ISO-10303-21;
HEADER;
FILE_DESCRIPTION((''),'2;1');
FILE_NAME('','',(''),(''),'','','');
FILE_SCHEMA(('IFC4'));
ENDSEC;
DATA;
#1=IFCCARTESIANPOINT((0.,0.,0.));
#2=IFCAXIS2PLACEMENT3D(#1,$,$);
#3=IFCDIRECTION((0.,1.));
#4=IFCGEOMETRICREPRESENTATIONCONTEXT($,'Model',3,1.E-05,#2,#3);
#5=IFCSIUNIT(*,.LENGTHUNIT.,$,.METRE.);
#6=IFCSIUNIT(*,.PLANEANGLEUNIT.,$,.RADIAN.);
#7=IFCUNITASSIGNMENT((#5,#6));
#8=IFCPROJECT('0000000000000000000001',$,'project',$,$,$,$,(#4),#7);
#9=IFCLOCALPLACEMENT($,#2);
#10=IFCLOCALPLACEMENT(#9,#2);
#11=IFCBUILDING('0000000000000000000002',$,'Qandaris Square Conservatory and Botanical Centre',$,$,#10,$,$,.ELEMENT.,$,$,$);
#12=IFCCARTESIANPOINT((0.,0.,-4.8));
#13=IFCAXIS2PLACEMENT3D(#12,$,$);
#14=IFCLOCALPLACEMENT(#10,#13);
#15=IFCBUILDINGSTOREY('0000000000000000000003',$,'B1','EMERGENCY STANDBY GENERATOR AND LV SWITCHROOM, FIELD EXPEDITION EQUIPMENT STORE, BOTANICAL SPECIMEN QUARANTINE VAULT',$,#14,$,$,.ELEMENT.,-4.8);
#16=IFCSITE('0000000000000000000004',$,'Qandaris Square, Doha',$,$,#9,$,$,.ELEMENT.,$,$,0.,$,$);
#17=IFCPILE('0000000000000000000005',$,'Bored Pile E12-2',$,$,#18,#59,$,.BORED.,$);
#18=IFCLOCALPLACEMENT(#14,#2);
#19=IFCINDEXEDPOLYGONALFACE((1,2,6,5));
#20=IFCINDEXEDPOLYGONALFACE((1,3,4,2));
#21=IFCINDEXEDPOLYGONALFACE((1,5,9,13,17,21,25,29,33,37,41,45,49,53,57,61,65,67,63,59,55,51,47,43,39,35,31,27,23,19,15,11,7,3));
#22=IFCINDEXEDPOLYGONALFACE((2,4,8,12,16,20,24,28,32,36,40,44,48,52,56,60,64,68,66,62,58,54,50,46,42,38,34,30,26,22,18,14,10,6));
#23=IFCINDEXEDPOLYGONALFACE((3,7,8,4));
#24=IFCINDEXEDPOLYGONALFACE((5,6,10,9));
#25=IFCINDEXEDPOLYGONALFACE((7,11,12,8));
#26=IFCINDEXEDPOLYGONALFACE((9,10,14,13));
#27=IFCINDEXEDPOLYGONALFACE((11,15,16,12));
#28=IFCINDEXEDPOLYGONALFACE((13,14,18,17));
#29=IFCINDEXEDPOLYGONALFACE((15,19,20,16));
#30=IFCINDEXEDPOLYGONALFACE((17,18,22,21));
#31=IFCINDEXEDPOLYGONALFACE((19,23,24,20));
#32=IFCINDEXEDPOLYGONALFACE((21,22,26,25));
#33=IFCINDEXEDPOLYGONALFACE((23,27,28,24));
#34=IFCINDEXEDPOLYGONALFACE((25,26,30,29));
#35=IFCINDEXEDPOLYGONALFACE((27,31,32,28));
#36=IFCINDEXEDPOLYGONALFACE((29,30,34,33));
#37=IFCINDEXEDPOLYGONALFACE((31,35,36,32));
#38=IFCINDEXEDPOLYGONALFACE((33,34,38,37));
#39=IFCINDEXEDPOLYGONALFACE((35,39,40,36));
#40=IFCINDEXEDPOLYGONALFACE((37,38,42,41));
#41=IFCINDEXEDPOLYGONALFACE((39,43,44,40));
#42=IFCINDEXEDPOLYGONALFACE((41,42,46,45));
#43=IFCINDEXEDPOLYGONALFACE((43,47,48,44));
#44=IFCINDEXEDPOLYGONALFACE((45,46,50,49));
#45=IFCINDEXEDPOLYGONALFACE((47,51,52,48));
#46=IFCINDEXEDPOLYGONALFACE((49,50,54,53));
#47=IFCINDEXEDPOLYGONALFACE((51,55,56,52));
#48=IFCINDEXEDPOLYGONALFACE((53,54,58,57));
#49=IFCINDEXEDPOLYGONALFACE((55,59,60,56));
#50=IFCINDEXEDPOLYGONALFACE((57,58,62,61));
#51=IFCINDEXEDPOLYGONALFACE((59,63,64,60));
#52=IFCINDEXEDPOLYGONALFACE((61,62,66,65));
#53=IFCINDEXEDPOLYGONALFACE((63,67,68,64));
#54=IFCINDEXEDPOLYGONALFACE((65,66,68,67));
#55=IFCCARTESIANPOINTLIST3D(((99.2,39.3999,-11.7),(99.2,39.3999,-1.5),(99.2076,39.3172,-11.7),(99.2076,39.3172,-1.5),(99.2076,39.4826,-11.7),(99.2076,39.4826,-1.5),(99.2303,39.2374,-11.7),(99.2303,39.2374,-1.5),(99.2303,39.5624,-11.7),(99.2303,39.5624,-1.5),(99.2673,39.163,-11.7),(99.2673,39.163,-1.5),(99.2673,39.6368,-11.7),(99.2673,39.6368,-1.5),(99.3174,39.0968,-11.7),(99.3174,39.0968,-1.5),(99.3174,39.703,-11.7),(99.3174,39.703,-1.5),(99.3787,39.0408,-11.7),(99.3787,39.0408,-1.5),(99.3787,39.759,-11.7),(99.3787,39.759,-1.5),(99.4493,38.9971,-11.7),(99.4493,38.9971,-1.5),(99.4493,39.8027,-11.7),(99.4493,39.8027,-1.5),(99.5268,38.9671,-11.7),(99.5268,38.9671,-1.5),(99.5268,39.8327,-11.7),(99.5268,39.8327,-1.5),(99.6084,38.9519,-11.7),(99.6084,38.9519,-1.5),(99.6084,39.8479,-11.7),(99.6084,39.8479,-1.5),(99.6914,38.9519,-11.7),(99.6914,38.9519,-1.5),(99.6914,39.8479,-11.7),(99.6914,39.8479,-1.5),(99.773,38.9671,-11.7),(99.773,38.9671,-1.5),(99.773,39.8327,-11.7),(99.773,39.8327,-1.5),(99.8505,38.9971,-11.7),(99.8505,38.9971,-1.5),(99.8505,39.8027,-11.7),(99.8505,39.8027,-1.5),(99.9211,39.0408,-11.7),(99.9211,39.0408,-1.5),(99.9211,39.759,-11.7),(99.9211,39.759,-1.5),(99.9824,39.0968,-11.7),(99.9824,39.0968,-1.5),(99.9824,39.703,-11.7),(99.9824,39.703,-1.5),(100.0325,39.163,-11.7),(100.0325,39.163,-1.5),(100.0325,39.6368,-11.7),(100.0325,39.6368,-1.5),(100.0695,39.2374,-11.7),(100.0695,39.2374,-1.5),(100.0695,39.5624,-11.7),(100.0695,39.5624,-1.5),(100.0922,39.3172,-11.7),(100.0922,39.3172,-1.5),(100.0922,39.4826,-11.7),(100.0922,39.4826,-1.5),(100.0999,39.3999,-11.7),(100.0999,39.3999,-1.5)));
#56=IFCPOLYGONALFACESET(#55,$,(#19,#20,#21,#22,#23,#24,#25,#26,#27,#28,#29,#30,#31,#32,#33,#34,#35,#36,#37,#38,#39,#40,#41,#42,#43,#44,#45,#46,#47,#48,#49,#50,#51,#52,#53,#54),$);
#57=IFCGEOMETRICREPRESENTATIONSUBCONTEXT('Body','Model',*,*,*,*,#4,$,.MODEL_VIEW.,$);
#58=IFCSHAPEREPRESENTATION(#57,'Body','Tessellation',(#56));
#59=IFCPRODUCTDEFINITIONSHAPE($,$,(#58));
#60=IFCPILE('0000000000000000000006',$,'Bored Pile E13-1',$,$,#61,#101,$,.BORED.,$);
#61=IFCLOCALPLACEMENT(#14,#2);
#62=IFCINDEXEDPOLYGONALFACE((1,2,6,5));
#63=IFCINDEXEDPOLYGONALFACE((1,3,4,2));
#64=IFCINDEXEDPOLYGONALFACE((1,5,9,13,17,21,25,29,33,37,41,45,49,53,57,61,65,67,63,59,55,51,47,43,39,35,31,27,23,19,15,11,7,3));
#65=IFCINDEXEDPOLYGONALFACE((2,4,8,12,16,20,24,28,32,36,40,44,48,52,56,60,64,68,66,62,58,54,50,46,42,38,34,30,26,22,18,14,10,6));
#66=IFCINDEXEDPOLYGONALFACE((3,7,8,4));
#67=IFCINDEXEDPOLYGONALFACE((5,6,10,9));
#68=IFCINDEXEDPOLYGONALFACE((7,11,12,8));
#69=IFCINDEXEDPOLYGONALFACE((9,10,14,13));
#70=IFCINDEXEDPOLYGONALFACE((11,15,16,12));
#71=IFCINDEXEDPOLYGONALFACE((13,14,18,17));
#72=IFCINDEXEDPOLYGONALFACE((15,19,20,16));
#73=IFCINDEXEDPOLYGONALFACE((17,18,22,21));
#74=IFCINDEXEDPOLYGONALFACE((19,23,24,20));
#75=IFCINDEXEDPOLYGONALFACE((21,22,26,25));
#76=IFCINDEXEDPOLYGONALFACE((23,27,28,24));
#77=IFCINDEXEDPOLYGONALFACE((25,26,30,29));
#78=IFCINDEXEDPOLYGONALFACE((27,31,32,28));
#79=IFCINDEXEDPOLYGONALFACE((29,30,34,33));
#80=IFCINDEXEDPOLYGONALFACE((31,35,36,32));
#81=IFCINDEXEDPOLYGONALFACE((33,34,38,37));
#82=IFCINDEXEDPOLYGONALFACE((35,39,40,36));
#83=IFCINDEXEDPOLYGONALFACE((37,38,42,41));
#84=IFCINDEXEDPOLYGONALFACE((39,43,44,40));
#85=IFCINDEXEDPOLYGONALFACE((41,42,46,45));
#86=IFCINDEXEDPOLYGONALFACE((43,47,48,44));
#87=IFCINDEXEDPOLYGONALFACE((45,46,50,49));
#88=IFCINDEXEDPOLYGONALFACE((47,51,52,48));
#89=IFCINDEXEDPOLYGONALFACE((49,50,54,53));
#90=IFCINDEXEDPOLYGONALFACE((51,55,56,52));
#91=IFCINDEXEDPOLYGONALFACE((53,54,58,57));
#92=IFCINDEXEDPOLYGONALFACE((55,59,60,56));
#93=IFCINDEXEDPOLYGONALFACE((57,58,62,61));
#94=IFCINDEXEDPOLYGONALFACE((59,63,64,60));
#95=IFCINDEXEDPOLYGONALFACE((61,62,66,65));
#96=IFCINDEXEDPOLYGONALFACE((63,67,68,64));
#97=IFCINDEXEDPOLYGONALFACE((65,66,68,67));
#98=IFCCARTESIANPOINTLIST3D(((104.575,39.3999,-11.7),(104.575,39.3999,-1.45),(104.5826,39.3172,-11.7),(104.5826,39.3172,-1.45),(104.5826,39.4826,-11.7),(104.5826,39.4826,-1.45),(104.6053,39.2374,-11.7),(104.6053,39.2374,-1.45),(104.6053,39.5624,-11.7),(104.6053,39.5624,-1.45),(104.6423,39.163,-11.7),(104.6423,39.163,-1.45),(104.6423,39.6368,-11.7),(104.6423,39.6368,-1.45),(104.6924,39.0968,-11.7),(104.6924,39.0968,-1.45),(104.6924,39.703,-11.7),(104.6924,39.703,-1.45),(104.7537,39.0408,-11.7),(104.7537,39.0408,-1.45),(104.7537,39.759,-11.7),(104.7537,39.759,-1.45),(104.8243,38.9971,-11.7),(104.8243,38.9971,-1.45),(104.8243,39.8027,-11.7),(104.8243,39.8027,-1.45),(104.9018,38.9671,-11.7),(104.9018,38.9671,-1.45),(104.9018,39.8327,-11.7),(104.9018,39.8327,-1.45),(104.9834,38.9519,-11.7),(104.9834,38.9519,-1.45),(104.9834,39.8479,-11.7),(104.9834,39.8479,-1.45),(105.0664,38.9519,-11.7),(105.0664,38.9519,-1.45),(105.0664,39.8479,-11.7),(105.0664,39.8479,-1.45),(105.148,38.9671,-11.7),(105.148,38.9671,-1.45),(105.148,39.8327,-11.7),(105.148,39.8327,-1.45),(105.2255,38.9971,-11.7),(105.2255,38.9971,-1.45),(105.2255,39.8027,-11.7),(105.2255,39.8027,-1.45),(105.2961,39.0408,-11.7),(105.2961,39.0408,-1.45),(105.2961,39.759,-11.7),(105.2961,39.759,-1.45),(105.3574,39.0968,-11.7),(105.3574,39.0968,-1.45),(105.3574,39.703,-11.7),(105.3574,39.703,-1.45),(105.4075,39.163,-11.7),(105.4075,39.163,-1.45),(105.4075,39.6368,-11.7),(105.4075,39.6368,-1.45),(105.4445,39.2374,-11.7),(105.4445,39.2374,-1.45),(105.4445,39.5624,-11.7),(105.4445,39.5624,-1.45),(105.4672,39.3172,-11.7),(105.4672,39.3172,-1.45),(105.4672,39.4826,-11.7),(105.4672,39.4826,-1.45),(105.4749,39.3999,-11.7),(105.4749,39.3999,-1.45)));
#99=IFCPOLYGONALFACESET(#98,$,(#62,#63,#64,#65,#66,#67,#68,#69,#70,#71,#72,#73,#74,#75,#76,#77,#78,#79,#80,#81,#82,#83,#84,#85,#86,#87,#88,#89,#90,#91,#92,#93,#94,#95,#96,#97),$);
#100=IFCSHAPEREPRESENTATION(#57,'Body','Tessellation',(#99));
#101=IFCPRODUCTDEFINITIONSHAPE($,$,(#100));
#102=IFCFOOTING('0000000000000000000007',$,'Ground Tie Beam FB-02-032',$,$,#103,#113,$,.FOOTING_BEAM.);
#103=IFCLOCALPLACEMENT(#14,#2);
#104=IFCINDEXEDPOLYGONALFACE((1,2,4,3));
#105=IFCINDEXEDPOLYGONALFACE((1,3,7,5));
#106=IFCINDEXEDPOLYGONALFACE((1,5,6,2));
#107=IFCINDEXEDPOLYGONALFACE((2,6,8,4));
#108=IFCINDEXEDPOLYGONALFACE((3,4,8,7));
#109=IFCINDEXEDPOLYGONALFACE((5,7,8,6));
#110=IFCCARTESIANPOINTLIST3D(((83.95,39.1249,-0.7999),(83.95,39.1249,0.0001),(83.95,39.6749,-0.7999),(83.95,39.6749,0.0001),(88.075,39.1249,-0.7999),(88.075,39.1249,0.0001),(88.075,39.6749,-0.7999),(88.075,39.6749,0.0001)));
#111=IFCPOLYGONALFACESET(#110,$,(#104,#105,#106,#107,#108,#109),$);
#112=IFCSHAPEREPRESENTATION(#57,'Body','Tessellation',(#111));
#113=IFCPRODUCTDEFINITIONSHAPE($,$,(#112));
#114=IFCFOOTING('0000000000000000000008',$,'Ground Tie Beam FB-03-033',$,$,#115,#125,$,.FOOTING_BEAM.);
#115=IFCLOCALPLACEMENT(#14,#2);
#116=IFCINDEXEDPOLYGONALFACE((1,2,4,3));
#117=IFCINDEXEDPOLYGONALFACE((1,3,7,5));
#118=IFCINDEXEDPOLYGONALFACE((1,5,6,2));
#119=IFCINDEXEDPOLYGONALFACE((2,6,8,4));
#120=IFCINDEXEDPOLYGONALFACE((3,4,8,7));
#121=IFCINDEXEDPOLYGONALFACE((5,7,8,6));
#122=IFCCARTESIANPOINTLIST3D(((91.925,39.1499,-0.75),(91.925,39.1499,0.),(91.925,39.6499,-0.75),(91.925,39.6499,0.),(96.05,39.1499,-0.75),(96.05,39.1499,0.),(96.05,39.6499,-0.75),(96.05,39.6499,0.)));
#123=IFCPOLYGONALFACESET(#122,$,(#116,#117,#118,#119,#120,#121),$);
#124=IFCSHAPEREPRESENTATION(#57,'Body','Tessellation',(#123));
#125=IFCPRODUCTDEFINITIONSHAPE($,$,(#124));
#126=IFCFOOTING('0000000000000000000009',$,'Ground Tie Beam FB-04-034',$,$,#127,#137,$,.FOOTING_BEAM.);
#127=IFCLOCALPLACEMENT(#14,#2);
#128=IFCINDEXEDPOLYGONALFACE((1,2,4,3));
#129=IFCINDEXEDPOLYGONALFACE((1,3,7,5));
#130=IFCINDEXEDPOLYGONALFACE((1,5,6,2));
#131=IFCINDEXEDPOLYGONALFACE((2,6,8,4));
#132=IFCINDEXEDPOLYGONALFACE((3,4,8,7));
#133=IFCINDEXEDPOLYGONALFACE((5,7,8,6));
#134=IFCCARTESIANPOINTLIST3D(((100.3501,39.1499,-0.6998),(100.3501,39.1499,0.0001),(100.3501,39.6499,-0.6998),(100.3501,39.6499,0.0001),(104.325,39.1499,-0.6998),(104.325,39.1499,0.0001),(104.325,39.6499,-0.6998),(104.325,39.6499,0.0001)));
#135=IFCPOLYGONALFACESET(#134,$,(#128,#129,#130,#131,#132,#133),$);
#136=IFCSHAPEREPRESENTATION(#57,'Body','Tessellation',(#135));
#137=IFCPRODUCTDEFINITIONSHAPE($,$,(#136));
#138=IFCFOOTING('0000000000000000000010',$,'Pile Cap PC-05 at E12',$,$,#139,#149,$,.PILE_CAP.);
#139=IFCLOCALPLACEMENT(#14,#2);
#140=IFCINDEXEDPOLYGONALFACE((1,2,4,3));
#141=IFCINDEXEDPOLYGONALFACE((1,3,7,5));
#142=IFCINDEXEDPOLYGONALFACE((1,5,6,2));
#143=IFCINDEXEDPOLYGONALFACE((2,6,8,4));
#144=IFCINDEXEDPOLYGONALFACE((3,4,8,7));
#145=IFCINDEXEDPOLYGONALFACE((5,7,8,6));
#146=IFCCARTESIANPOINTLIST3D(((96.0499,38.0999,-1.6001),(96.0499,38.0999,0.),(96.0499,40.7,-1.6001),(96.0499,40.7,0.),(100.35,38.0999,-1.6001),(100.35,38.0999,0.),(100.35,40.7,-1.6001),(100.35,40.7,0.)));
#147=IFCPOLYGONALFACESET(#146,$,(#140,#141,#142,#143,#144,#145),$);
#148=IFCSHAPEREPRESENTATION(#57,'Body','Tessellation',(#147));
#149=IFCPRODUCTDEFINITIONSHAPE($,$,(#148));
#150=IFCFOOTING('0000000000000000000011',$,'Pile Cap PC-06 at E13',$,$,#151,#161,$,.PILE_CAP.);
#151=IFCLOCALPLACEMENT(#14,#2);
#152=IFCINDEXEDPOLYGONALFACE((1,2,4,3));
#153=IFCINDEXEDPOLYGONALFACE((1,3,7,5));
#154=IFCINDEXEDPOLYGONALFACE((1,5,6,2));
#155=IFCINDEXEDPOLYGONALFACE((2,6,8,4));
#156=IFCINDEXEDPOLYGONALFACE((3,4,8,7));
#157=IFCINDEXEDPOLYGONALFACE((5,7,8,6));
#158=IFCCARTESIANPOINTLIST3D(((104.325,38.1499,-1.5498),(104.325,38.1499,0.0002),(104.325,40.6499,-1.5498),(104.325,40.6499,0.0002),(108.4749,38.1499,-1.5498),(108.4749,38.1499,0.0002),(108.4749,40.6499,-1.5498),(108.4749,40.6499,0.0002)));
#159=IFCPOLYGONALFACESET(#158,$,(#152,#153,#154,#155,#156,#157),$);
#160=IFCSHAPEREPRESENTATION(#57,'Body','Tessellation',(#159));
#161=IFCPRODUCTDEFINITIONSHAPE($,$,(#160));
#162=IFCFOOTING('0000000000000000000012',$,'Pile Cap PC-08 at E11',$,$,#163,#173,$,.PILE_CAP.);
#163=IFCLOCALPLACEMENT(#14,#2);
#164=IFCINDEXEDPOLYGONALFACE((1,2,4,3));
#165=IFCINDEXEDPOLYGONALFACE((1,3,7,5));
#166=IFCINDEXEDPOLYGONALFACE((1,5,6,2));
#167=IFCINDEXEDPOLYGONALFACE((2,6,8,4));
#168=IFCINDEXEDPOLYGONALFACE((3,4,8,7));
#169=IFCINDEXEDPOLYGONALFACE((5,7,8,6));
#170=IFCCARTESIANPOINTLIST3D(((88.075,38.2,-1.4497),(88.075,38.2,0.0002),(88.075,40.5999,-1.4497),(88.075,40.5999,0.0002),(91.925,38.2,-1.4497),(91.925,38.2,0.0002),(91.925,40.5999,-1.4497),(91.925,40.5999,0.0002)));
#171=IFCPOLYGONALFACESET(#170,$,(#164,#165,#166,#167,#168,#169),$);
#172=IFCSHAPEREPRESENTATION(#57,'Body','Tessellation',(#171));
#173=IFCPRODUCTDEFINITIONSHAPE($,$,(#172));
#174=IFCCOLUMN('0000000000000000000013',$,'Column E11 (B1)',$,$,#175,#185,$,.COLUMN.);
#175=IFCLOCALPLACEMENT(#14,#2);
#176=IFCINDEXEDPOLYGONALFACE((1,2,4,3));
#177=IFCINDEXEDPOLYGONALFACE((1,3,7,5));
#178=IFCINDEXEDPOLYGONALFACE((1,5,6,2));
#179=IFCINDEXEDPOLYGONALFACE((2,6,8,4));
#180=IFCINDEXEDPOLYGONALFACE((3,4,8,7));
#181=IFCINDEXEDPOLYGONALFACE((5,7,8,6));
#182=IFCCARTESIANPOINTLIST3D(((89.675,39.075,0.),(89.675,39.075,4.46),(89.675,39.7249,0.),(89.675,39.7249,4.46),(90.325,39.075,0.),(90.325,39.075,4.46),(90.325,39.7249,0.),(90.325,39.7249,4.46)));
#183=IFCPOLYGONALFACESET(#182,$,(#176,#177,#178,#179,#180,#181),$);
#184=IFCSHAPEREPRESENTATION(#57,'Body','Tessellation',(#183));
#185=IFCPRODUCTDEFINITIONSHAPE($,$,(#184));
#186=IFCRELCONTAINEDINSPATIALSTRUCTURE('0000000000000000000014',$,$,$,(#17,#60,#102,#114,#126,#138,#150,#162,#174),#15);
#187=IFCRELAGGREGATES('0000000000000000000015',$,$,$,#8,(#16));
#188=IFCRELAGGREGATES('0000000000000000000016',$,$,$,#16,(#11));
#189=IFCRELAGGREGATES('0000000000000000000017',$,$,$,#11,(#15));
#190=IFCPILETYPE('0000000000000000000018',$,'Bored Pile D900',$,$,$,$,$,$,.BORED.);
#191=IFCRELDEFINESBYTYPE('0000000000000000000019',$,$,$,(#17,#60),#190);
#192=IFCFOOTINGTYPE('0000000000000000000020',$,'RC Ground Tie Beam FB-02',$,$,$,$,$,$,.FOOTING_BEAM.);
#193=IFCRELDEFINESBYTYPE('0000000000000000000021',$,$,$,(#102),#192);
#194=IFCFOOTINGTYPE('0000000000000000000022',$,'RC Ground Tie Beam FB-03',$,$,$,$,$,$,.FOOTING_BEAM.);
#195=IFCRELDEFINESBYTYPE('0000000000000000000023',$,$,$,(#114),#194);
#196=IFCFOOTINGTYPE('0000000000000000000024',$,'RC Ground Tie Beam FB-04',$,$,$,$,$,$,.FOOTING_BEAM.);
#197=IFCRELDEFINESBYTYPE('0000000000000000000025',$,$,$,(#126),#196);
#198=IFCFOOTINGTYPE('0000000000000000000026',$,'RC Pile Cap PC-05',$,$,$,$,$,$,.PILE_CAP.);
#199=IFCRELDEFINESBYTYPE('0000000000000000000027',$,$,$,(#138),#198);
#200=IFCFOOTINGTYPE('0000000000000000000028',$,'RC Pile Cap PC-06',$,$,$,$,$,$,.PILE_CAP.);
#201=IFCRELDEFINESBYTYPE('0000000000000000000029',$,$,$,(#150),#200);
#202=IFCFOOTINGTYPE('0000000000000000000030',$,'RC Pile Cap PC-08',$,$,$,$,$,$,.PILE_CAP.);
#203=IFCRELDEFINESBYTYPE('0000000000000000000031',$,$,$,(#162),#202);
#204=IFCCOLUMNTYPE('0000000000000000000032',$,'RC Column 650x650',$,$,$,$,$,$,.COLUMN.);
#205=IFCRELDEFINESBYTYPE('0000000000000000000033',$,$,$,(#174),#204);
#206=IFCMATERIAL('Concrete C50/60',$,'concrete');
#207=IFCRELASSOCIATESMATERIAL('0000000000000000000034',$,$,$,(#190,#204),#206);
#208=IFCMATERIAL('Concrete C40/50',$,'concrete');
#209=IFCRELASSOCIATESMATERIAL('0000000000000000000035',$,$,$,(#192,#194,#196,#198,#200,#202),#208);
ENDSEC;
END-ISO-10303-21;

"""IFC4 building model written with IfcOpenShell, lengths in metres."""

from ifc_helpers import new_model, si_unit, direction, frame, origin, origin_2d, place, context, subcontext, project, spatial, rectangle, circle, extrude, material, material_profile, profile_set, type_object, element, save


model = new_model("IFC4")

# Units and contexts
model_context = context("Model", 3, precision=1e-05, world=origin(), true_north=direction((0.0, 1.0)))
body_context = subcontext(model_context, "Body", "Model", "MODEL_VIEW")
ifc_project = project(units=[si_unit("LENGTHUNIT", "METRE"), si_unit("PLANEANGLEUNIT", "RADIAN")], contexts=[model_context])

# Site, building, storey
site_placement = place(None, origin())
site = spatial("IfcSite", under=ifc_project, at=site_placement, Name="Qandaris Square, Doha", CompositionType="ELEMENT", RefElevation=0.0)
building_placement = place(site_placement, origin())
building = spatial("IfcBuilding", under=site, at=building_placement, Name="Qandaris Square Conservatory and Botanical Centre", CompositionType="ELEMENT")
storey_placement = place(building_placement, frame((0.0, 0.0, -4.8)))
storey = spatial("IfcBuildingStorey", under=building, at=storey_placement, Name="B1", Description="EMERGENCY STANDBY GENERATOR AND LV SWITCHROOM, FIELD EXPEDITION EQUIPMENT STORE, BOTANICAL SPECIMEN QUARANTINE VAULT", CompositionType="ELEMENT", Elevation=-4.8)

# Piles
ifc_material_1 = material(Name="Concrete C50/60", Category="concrete")
ifc_material_profile_1 = material_profile(ifc_material_1, circle(Radius=0.45, at=origin_2d()), Name="PILE D900")
ifc_profile_set_1 = profile_set([ifc_material_profile_1], Name="Concrete C50/60")
pile_type_1 = type_object("IfcPileType", Name="Bored Pile D900", PredefinedType="BORED", material=ifc_profile_set_1)
for number, where, z_axis, x_axis, name in (
    (1, (99.6499, 39.3999, -1.5), (0.0, 0.0, -1.0), (1.0, 0.0, 0.0), "Bored Pile E12-2"),
):
    element("IfcPile", number, at=place(storey_placement, frame(where, z_axis=z_axis, x_axis=x_axis)), inside=storey, type_object=pile_type_1, Name=name, PredefinedType="BORED", context=body_context, shape_type="SweptSolid", body=[
        extrude(circle(Radius=0.45, at=origin_2d()), origin(), (0.0, 0.0, 1.0), 10.2),
    ])
pile_1_placement = place(storey_placement, frame((105.0249, 39.3999, -1.45), z_axis=(0.0, 0.0, -1.0), x_axis=(1.0, 0.0, 0.0)))
element("IfcPile", 2, at=pile_1_placement, inside=storey, type_object=pile_type_1, Name="Bored Pile E13-1", PredefinedType="BORED", context=body_context, shape_type="SweptSolid", body=[
    extrude(circle(Radius=0.45, at=origin_2d()), origin(), (0.0, 0.0, 1.0), 10.25),
])

# Footings
ifc_material_2 = material(Name="Concrete C40/50", Category="concrete")
ifc_material_profile_2 = material_profile(ifc_material_2, rectangle(XDim=0.55, YDim=0.8, at=origin_2d()), Name="FB 550x800")
ifc_profile_set_2 = profile_set([ifc_material_profile_2], Name="Concrete C40/50")
footing_type_1 = type_object("IfcFootingType", Name="RC Ground Tie Beam FB-02", PredefinedType="FOOTING_BEAM", material=ifc_profile_set_2)
footing_1_placement = place(storey_placement, frame((83.95, 39.3999, -0.3999), z_axis=(1.0, 0.0, 0.0), x_axis=(0.0, 1.0, 0.0)))
element("IfcFooting", 3, at=footing_1_placement, inside=storey, type_object=footing_type_1, Name="Ground Tie Beam FB-02-032", PredefinedType="FOOTING_BEAM", context=body_context, shape_type="SweptSolid", body=[
    extrude(rectangle(XDim=0.55, YDim=0.8, at=origin_2d()), origin(), (0.0, 0.0, 1.0), 4.125),
])
ifc_material_profile_3 = material_profile(ifc_material_2, rectangle(XDim=0.5, YDim=0.75, at=origin_2d()), Name="FB 500x750")
ifc_profile_set_3 = profile_set([ifc_material_profile_3], Name="Concrete C40/50")
footing_type_2 = type_object("IfcFootingType", Name="RC Ground Tie Beam FB-03", PredefinedType="FOOTING_BEAM", material=ifc_profile_set_3)
footing_2_placement = place(storey_placement, frame((91.925, 39.3999, -0.375), z_axis=(1.0, 0.0, 0.0), x_axis=(0.0, 1.0, 0.0)))
element("IfcFooting", 4, at=footing_2_placement, inside=storey, type_object=footing_type_2, Name="Ground Tie Beam FB-03-033", PredefinedType="FOOTING_BEAM", context=body_context, shape_type="SweptSolid", body=[
    extrude(rectangle(XDim=0.5, YDim=0.75, at=origin_2d()), origin(), (0.0, 0.0, 1.0), 4.125),
])
ifc_material_profile_4 = material_profile(ifc_material_2, rectangle(XDim=0.5, YDim=0.7, at=origin_2d()), Name="FB 500x700")
ifc_profile_set_4 = profile_set([ifc_material_profile_4], Name="Concrete C40/50")
footing_type_3 = type_object("IfcFootingType", Name="RC Ground Tie Beam FB-04", PredefinedType="FOOTING_BEAM", material=ifc_profile_set_4)
footing_3_placement = place(storey_placement, frame((100.3501, 39.3999, -0.3499), z_axis=(1.0, 0.0, 0.0), x_axis=(0.0, 1.0, 0.0)))
element("IfcFooting", 5, at=footing_3_placement, inside=storey, type_object=footing_type_3, Name="Ground Tie Beam FB-04-034", PredefinedType="FOOTING_BEAM", context=body_context, shape_type="SweptSolid", body=[
    extrude(rectangle(XDim=0.5, YDim=0.7, at=origin_2d()), origin(), (0.0, 0.0, 1.0), 3.9749),
])
footing_type_4 = type_object("IfcFootingType", Name="RC Pile Cap PC-05", PredefinedType="PILE_CAP", material=ifc_material_2)
footing_4_placement = place(storey_placement, frame((98.2, 39.3999, -1.6001), z_axis=(0.0, 0.0, 1.0), x_axis=(1.0, 0.0, 0.0)))
element("IfcFooting", 6, at=footing_4_placement, inside=storey, type_object=footing_type_4, Name="Pile Cap PC-05 at E12", PredefinedType="PILE_CAP", context=body_context, shape_type="SweptSolid", body=[
    extrude(rectangle(XDim=4.3, YDim=2.6001, at=origin_2d()), origin(), (0.0, 0.0, 1.0), 1.6001),
])
footing_type_5 = type_object("IfcFootingType", Name="RC Pile Cap PC-06", PredefinedType="PILE_CAP", material=ifc_material_2)
footing_5_placement = place(storey_placement, frame((106.3999, 39.3999, -1.5498), z_axis=(0.0, 0.0, 1.0), x_axis=(1.0, 0.0, 0.0)))
element("IfcFooting", 7, at=footing_5_placement, inside=storey, type_object=footing_type_5, Name="Pile Cap PC-06 at E13", PredefinedType="PILE_CAP", context=body_context, shape_type="SweptSolid", body=[
    extrude(rectangle(XDim=4.1499, YDim=2.5, at=origin_2d()), origin(), (0.0, 0.0, 1.0), 1.55),
])
footing_type_6 = type_object("IfcFootingType", Name="RC Pile Cap PC-08", PredefinedType="PILE_CAP", material=ifc_material_2)
footing_6_placement = place(storey_placement, frame((90.0, 39.3999, -1.4497), z_axis=(0.0, 0.0, 1.0), x_axis=(1.0, 0.0, 0.0)))
element("IfcFooting", 8, at=footing_6_placement, inside=storey, type_object=footing_type_6, Name="Pile Cap PC-08 at E11", PredefinedType="PILE_CAP", context=body_context, shape_type="SweptSolid", body=[
    extrude(rectangle(XDim=3.8501, YDim=2.3999, at=origin_2d()), origin(), (0.0, 0.0, 1.0), 1.45),
])

# Column
ifc_material_profile_5 = material_profile(ifc_material_1, rectangle(XDim=0.6499, YDim=0.6499, at=origin_2d()), Name="RC-COL 650x650")
ifc_profile_set_5 = profile_set([ifc_material_profile_5], Name="Concrete C50/60")
column_type = type_object("IfcColumnType", Name="RC Column 650x650", PredefinedType="COLUMN", material=ifc_profile_set_5)
for number, where, z_axis, x_axis, name in (
    (9, (90.0, 39.3999, 0.0), (0.0, 0.0, 1.0), (1.0, 0.0, 0.0), "Column E11 (B1)"),
):
    element("IfcColumn", number, at=place(storey_placement, frame(where, z_axis=z_axis, x_axis=x_axis)), inside=storey, type_object=column_type, Name=name, PredefinedType="COLUMN", context=body_context, shape_type="SweptSolid", body=[
        extrude(rectangle(XDim=0.6499, YDim=0.6499, at=origin_2d()), origin(), (0.0, 0.0, 1.0), 4.46),
    ])

save(model, "model.ifc")
